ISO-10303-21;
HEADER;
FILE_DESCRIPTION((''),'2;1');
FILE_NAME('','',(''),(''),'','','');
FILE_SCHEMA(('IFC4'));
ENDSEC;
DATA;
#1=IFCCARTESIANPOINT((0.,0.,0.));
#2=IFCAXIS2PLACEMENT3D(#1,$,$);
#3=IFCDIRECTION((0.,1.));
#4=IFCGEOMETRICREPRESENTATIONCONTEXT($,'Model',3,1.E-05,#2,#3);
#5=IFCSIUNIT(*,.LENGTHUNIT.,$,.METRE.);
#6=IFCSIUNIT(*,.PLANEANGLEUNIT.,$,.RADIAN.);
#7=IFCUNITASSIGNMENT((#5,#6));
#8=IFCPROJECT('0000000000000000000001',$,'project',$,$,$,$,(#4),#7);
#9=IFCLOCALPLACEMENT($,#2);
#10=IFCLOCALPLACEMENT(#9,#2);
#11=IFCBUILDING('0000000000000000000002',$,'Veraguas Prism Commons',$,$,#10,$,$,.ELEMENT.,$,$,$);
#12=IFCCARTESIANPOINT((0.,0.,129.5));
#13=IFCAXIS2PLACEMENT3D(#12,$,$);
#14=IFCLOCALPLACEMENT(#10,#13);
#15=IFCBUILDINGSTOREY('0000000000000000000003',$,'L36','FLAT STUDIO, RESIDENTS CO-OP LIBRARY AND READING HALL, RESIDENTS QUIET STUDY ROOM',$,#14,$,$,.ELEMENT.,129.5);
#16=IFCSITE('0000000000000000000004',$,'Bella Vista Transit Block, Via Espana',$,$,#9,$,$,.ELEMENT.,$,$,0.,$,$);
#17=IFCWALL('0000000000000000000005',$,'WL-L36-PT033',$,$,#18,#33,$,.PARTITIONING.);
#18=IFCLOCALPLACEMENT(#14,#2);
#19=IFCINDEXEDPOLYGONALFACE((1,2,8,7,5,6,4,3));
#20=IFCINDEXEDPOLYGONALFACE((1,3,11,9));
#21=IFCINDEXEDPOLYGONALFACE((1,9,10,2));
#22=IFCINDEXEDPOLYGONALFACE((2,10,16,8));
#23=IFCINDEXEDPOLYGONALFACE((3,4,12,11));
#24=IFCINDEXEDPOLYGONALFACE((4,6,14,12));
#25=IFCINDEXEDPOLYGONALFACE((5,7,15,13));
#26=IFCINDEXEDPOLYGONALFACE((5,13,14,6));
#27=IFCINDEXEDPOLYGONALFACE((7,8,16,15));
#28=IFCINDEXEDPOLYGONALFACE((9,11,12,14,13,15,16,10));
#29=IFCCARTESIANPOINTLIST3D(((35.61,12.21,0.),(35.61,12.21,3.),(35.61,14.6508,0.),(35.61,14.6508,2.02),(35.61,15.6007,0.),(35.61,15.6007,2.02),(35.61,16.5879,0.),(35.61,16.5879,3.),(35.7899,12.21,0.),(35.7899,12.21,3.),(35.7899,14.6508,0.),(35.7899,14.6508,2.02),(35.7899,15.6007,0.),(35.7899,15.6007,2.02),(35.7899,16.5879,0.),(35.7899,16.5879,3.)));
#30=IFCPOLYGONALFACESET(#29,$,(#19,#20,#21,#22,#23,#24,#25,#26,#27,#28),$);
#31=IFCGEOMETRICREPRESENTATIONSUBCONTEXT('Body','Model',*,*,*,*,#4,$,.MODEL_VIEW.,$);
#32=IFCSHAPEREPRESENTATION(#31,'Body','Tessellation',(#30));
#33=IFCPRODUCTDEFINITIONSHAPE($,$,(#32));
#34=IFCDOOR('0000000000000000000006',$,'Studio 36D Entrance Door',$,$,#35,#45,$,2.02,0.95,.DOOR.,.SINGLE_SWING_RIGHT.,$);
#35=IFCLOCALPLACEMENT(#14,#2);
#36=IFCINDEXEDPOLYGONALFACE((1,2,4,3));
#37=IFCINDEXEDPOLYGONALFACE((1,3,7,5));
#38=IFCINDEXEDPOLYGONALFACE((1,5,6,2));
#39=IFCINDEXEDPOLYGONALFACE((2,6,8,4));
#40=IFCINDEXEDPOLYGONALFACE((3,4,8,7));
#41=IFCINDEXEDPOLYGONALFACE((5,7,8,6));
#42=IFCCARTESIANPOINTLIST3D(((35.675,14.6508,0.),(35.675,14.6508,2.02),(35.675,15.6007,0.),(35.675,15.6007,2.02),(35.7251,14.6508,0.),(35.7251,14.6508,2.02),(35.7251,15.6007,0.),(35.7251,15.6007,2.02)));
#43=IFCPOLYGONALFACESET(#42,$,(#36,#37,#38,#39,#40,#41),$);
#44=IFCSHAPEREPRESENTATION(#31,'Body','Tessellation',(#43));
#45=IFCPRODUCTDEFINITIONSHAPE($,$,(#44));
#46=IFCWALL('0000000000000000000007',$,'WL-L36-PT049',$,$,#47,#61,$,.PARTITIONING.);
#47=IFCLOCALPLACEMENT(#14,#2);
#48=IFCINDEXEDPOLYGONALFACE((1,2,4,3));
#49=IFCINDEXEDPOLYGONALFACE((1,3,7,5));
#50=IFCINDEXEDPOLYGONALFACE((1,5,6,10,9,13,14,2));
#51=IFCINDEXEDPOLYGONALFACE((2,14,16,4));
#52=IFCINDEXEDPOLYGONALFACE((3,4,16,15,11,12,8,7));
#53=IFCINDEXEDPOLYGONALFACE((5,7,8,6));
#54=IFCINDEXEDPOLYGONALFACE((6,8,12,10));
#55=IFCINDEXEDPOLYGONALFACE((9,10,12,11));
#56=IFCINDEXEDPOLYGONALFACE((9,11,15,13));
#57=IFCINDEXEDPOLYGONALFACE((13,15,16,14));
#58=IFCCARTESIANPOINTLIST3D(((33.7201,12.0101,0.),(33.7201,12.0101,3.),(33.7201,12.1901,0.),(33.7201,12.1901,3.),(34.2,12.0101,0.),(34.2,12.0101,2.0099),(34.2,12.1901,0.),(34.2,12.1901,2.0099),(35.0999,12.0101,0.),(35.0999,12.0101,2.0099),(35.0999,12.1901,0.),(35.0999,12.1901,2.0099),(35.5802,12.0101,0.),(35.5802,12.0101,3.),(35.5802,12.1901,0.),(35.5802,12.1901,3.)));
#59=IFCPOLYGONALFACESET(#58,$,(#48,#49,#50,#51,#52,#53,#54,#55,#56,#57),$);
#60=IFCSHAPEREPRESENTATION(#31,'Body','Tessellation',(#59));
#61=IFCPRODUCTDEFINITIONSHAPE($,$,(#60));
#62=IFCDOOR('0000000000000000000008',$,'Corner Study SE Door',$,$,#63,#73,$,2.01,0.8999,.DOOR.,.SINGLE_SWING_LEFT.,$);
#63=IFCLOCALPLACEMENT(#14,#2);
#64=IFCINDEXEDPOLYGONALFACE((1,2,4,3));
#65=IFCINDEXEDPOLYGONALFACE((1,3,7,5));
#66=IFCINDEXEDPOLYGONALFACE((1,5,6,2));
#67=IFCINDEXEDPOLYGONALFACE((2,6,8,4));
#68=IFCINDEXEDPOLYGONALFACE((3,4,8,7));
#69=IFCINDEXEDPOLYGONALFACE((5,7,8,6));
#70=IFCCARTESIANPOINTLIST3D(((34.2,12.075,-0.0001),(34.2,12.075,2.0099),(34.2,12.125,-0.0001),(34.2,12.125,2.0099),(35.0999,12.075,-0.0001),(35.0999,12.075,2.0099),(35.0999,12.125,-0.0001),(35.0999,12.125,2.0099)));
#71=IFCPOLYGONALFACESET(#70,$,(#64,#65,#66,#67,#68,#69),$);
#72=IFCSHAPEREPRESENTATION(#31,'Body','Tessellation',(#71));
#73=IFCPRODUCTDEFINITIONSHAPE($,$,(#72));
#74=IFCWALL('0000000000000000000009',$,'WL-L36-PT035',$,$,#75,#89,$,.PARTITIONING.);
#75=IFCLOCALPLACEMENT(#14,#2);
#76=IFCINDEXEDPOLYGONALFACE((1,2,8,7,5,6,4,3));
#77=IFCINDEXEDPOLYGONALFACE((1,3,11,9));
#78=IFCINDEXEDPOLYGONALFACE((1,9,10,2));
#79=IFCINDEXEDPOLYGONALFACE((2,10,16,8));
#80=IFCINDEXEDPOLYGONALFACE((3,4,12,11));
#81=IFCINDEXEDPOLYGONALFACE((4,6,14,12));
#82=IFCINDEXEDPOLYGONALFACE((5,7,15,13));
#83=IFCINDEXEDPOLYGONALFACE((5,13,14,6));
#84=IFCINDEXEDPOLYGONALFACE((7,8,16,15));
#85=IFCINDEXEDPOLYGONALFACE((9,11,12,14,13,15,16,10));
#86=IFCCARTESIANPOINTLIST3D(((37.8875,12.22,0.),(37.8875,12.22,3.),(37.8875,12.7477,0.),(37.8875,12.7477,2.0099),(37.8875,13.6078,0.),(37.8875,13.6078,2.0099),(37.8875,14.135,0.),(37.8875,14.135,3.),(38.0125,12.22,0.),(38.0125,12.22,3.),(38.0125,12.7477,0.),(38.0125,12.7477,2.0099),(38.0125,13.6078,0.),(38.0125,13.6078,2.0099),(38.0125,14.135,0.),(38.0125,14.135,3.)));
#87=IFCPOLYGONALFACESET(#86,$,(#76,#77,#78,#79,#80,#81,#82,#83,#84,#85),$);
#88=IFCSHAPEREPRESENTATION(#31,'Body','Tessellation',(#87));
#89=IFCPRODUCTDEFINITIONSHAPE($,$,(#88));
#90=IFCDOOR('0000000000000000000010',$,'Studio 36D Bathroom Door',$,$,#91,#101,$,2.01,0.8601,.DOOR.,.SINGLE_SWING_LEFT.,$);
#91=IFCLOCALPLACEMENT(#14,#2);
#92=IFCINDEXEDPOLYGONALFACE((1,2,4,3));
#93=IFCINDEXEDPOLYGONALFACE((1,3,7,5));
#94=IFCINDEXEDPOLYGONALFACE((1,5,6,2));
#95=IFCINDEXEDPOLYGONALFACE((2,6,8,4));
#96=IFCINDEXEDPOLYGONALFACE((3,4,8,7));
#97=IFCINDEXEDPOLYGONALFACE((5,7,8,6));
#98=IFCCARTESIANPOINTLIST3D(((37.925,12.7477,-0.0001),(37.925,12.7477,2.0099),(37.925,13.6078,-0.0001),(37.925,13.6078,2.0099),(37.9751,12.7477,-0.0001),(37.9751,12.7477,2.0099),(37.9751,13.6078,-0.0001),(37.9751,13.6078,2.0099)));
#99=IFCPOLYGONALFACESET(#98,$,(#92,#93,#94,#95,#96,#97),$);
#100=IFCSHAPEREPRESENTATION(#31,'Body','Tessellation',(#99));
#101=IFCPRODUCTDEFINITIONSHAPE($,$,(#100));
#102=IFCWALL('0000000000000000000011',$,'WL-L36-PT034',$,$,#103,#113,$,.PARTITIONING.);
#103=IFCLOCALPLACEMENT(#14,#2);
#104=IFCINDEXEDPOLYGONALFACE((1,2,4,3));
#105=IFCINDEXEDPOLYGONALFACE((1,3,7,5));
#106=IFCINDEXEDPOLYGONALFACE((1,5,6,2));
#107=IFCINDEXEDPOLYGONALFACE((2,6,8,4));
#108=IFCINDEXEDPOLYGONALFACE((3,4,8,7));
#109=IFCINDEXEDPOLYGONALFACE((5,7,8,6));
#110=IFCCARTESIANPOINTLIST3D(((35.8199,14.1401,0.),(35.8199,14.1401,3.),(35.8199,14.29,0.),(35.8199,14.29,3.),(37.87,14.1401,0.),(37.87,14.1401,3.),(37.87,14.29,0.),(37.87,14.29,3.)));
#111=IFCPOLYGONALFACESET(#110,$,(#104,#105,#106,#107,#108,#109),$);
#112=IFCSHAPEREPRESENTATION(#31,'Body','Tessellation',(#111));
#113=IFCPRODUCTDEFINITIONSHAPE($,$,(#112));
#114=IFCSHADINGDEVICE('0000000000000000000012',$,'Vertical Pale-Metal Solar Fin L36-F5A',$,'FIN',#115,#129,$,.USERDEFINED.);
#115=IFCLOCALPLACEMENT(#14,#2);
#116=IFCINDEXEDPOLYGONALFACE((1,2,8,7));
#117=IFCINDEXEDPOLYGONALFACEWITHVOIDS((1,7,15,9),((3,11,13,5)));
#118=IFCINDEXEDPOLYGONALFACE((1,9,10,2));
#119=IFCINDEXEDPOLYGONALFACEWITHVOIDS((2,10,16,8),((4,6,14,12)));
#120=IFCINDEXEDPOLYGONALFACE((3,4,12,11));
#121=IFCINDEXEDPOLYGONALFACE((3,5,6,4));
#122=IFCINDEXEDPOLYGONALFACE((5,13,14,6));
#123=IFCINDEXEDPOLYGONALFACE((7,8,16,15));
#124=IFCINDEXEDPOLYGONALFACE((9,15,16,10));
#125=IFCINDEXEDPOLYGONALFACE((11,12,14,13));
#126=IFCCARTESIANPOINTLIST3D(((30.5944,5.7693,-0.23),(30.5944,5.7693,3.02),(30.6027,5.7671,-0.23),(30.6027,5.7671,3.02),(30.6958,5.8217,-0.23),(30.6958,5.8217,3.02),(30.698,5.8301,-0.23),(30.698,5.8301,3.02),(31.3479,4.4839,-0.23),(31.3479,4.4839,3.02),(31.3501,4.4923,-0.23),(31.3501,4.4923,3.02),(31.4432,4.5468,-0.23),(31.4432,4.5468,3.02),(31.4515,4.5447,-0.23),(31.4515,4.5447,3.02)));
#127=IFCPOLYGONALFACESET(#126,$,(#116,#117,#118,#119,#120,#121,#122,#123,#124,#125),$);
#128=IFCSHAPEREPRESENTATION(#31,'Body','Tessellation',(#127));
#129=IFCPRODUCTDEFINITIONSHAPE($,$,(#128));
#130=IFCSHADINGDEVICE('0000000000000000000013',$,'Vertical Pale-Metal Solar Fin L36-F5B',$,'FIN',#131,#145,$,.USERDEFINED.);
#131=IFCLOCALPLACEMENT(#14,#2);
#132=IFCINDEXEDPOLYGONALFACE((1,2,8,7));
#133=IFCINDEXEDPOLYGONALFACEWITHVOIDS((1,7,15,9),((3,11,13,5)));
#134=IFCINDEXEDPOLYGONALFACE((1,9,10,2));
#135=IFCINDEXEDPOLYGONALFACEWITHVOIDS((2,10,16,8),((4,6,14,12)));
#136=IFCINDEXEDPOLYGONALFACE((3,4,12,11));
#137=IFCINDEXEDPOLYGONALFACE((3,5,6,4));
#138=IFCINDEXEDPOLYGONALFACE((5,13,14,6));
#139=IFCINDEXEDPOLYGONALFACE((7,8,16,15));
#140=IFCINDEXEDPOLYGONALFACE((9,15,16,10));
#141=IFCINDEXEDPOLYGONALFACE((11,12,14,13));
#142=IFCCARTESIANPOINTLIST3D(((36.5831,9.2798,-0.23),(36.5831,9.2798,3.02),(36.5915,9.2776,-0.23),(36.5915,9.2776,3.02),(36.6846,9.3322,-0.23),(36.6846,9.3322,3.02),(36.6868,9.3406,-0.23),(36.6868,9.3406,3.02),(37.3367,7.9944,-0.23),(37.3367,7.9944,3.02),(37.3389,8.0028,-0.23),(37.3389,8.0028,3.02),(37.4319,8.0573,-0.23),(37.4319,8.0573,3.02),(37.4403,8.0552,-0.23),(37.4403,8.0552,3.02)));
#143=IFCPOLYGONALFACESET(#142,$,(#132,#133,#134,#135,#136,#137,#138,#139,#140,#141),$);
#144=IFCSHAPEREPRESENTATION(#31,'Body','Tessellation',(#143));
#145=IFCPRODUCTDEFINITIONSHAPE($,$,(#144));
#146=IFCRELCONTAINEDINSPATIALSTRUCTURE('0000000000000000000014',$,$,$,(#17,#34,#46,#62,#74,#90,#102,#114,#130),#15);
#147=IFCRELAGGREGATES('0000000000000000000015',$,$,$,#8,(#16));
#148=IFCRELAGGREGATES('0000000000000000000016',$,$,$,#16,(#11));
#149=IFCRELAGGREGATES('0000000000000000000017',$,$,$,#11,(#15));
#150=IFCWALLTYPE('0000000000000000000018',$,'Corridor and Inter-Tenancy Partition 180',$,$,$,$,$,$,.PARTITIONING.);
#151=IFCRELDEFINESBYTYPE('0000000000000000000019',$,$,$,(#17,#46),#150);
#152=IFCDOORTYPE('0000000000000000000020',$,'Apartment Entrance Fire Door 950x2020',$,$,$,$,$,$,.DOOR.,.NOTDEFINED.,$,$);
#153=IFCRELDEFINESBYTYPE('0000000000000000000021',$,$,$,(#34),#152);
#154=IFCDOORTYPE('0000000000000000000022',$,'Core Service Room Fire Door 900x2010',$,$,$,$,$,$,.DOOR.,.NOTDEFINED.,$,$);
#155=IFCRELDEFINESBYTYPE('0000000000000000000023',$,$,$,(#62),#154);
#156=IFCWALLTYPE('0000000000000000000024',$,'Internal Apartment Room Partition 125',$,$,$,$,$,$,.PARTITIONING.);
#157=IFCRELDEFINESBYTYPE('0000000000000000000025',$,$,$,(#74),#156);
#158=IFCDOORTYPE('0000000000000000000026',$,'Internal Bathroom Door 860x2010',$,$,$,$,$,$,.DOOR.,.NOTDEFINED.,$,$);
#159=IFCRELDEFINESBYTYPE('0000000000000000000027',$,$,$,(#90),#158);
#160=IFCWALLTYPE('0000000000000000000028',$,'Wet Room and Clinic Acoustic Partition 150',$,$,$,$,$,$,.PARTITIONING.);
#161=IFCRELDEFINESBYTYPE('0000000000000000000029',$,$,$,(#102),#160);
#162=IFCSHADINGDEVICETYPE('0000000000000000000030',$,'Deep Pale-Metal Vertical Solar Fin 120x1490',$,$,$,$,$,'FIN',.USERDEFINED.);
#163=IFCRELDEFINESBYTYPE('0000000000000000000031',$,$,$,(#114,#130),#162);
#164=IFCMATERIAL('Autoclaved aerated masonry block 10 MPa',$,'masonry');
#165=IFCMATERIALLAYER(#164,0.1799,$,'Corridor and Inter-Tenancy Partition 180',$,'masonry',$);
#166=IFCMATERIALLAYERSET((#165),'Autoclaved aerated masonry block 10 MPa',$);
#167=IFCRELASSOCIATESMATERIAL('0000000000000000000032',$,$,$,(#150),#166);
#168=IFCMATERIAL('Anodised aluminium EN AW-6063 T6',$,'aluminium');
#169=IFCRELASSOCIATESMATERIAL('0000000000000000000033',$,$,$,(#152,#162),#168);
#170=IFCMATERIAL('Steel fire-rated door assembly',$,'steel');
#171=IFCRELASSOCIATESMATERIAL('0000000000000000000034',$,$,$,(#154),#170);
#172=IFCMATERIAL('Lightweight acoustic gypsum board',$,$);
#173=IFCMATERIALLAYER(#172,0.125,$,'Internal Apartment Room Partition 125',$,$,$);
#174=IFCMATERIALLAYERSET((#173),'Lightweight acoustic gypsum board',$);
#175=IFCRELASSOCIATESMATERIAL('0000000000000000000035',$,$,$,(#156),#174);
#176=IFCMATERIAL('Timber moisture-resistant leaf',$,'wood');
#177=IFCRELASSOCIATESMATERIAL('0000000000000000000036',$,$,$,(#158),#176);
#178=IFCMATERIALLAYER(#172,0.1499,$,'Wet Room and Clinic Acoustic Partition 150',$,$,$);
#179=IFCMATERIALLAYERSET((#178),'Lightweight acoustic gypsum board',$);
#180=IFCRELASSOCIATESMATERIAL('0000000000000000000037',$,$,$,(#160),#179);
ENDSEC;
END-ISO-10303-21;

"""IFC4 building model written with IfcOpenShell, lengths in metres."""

from ifc_helpers import new_model, si_unit, direction, frame, frame_2d, origin, origin_2d, place, context, subcontext, project, spatial, rectangle, hollow_rectangle, extrude, source, transform, mapped, material, layer, layer_set, material_profile, profile_set, type_object, element, fill, save


model = new_model("IFC4")

# Units and contexts
model_context = context("Model", 3, precision=1e-05, world=origin(), true_north=direction((0.0, 1.0)))
body_context = subcontext(model_context, "Body", "Model", "MODEL_VIEW")
ifc_project = project(units=[si_unit("LENGTHUNIT", "METRE"), si_unit("PLANEANGLEUNIT", "RADIAN")], contexts=[model_context])

# Site, building, storey
site_placement = place(None, origin())
site = spatial("IfcSite", under=ifc_project, at=site_placement, Name="Bella Vista Transit Block, Via Espana", CompositionType="ELEMENT", RefElevation=0.0)
building_placement = place(site_placement, origin())
building = spatial("IfcBuilding", under=site, at=building_placement, Name="Veraguas Prism Commons", CompositionType="ELEMENT")
storey_placement = place(building_placement, frame((0.0, 0.0, 129.5)))
storey = spatial("IfcBuildingStorey", under=building, at=storey_placement, Name="L36", Description="FLAT STUDIO, RESIDENTS CO-OP LIBRARY AND READING HALL, RESIDENTS QUIET STUDY ROOM", CompositionType="ELEMENT", Elevation=129.5)

# Shared definitions
ifc_material_1 = material(Name="Anodised aluminium EN AW-6063 T6", Category="aluminium")

# Shared definitions
ifc_material_2 = material(Name="Autoclaved aerated masonry block 10 MPa", Category="masonry")
ifc_layer_1 = layer(ifc_material_2, 0.1799, Name="Corridor and Inter-Tenancy Partition 180", Category="masonry")
ifc_layer_set_1 = layer_set([ifc_layer_1], Name="Autoclaved aerated masonry block 10 MPa")
wall_type_1 = type_object("IfcWallType", Name="Corridor and Inter-Tenancy Partition 180", PredefinedType="PARTITIONING", material=ifc_layer_set_1)

# Walls, openings, doors
wall_1_placement = place(storey_placement, frame((35.7, 12.21, 0.0), z_axis=(0.0, 0.0, 1.0), x_axis=(0.0, 1.0, 0.0)))
wall_1 = element("IfcWall", 1, at=wall_1_placement, inside=storey, type_object=wall_type_1, Name="WL-L36-PT033", PredefinedType="PARTITIONING", context=body_context, shape_type="SweptSolid", body=[
    extrude(rectangle(XDim=4.3779, YDim=0.1799, at=frame_2d((2.189, 0.0))), origin(), (0.0, 0.0, 1.0), 3.0),
])
opening_1_placement = place(wall_1_placement, frame((2.4407, 0.0, 0.0)))
opening_1 = element("IfcOpeningElement", 2, at=opening_1_placement, cuts=wall_1, PredefinedType="OPENING", context=body_context, shape_type="SweptSolid", body=[
    extrude(rectangle(XDim=0.95, YDim=2.02, at=frame_2d((0.4751, 1.01))), frame((0.0, 0.0999, 0.0), z_axis=(0.0, -1.0, 0.0), x_axis=(1.0, 0.0, 0.0)), (0.0, 0.0, 1.0), 0.2),
])
door_type_1 = type_object("IfcDoorType", Name="Apartment Entrance Fire Door 950x2020", OperationType="NOTDEFINED", PredefinedType="DOOR", material=ifc_material_1)
shared_shape_1 = source(origin(), body_context, "Body", "SweptSolid", [
    extrude(rectangle(XDim=0.95, YDim=2.02, at=frame_2d((0.4751, 1.01))), frame((0.0, 0.0249, 0.0), z_axis=(0.0, -1.0, 0.0), x_axis=(1.0, 0.0, 0.0)), (0.0, 0.0, 1.0), 0.05),
])
door_1_placement = place(opening_1_placement, origin())
door_1 = element("IfcDoor", 3, at=door_1_placement, inside=storey, type_object=door_type_1, Name="Studio 36D Entrance Door", OperationType="SINGLE_SWING_RIGHT", OverallHeight=2.02, OverallWidth=0.95, PredefinedType="DOOR", context=body_context, shape_type="MappedRepresentation", body=[
    mapped(shared_shape_1, transform((0.0, 0.0, 0.0), scale=1.0)),
])
fill(opening_1, door_1)
wall_2_placement = place(storey_placement, frame((33.72, 12.1001, 0.0), z_axis=(0.0, 0.0, 1.0), x_axis=(1.0, 0.0, 0.0)))
wall_2 = element("IfcWall", 4, at=wall_2_placement, inside=storey, type_object=wall_type_1, Name="WL-L36-PT049", PredefinedType="PARTITIONING", context=body_context, shape_type="SweptSolid", body=[
    extrude(rectangle(XDim=1.8601, YDim=0.1799, at=frame_2d((0.9302, 0.0))), origin(), (0.0, 0.0, 1.0), 3.0),
])
opening_2_placement = place(wall_2_placement, frame((0.48, 0.0, 0.0)))
opening_2 = element("IfcOpeningElement", 5, at=opening_2_placement, cuts=wall_2, PredefinedType="OPENING", context=body_context, shape_type="SweptSolid", body=[
    extrude(rectangle(XDim=0.8999, YDim=2.01, at=frame_2d((0.45, 1.0049))), frame((0.0, 0.0999, 0.0), z_axis=(0.0, -1.0, 0.0), x_axis=(1.0, 0.0, 0.0)), (0.0, 0.0, 1.0), 0.2),
])
ifc_material_3 = material(Name="Steel fire-rated door assembly", Category="steel")
door_type_2 = type_object("IfcDoorType", Name="Core Service Room Fire Door 900x2010", OperationType="NOTDEFINED", PredefinedType="DOOR", material=ifc_material_3)
shared_shape_2 = source(origin(), body_context, "Body", "SweptSolid", [
    extrude(rectangle(XDim=0.8999, YDim=2.01, at=frame_2d((0.45, 1.0049))), frame((0.0, 0.0249, 0.0), z_axis=(0.0, -1.0, 0.0), x_axis=(1.0, 0.0, 0.0)), (0.0, 0.0, 1.0), 0.05),
])
door_2_placement = place(opening_2_placement, origin())
door_2 = element("IfcDoor", 6, at=door_2_placement, inside=storey, type_object=door_type_2, Name="Corner Study SE Door", OperationType="SINGLE_SWING_LEFT", OverallHeight=2.01, OverallWidth=0.8999, PredefinedType="DOOR", context=body_context, shape_type="MappedRepresentation", body=[
    mapped(shared_shape_2, transform((0.0, 0.0, 0.0), scale=1.0)),
])
fill(opening_2, door_2)
ifc_material_4 = material(Name="Lightweight acoustic gypsum board")
ifc_layer_2 = layer(ifc_material_4, 0.125, Name="Internal Apartment Room Partition 125")
ifc_layer_set_2 = layer_set([ifc_layer_2], Name="Lightweight acoustic gypsum board")
wall_type_2 = type_object("IfcWallType", Name="Internal Apartment Room Partition 125", PredefinedType="PARTITIONING", material=ifc_layer_set_2)
wall_3_placement = place(storey_placement, frame((37.95, 12.22, 0.0), z_axis=(0.0, 0.0, 1.0), x_axis=(0.0, 1.0, 0.0)))
wall_3 = element("IfcWall", 7, at=wall_3_placement, inside=storey, type_object=wall_type_2, Name="WL-L36-PT035", PredefinedType="PARTITIONING", context=body_context, shape_type="SweptSolid", body=[
    extrude(rectangle(XDim=1.915, YDim=0.125, at=frame_2d((0.9575, 0.0))), origin(), (0.0, 0.0, 1.0), 3.0),
])
opening_3_placement = place(wall_3_placement, frame((0.5276, 0.0, 0.0)))
opening_3 = element("IfcOpeningElement", 8, at=opening_3_placement, cuts=wall_3, PredefinedType="OPENING", context=body_context, shape_type="SweptSolid", body=[
    extrude(rectangle(XDim=0.8601, YDim=2.01, at=frame_2d((0.4302, 1.0049))), frame((0.0, 0.0725, 0.0), z_axis=(0.0, -1.0, 0.0), x_axis=(1.0, 0.0, 0.0)), (0.0, 0.0, 1.0), 0.145),
])
ifc_material_5 = material(Name="Timber moisture-resistant leaf", Category="wood")
door_type_3 = type_object("IfcDoorType", Name="Internal Bathroom Door 860x2010", OperationType="NOTDEFINED", PredefinedType="DOOR", material=ifc_material_5)
shared_shape_3 = source(origin(), body_context, "Body", "SweptSolid", [
    extrude(rectangle(XDim=0.8601, YDim=2.01, at=frame_2d((0.4302, 1.0049))), frame((0.0, 0.0249, 0.0), z_axis=(0.0, -1.0, 0.0), x_axis=(1.0, 0.0, 0.0)), (0.0, 0.0, 1.0), 0.05),
])
door_3_placement = place(opening_3_placement, origin())
door_3 = element("IfcDoor", 9, at=door_3_placement, inside=storey, type_object=door_type_3, Name="Studio 36D Bathroom Door", OperationType="SINGLE_SWING_LEFT", OverallHeight=2.01, OverallWidth=0.8601, PredefinedType="DOOR", context=body_context, shape_type="MappedRepresentation", body=[
    mapped(shared_shape_3, transform((0.0, 0.0, 0.0), scale=1.0)),
])
fill(opening_3, door_3)

# Wall
ifc_layer_3 = layer(ifc_material_4, 0.1499, Name="Wet Room and Clinic Acoustic Partition 150")
ifc_layer_set_3 = layer_set([ifc_layer_3], Name="Lightweight acoustic gypsum board")
wall_type_3 = type_object("IfcWallType", Name="Wet Room and Clinic Acoustic Partition 150", PredefinedType="PARTITIONING", material=ifc_layer_set_3)
wall_4_placement = place(storey_placement, frame((35.8201, 14.2151, 0.0), z_axis=(0.0, 0.0, 1.0), x_axis=(1.0, 0.0, 0.0)))
element("IfcWall", 10, at=wall_4_placement, inside=storey, type_object=wall_type_3, Name="WL-L36-PT034", PredefinedType="PARTITIONING", context=body_context, shape_type="SweptSolid", body=[
    extrude(rectangle(XDim=2.05, YDim=0.1499, at=frame_2d((1.0249, 0.0))), origin(), (0.0, 0.0, 1.0), 3.0),
])

# Shading devices
ifc_material_profile_1 = material_profile(ifc_material_1, hollow_rectangle(XDim=0.1201, YDim=1.49, WallThickness=0.0061, at=origin_2d()), Name="FIN120X1490X6")
ifc_profile_set_1 = profile_set([ifc_material_profile_1], Name="Anodised aluminium EN AW-6063 T6")
shading_device_type = type_object("IfcShadingDeviceType", Name="Deep Pale-Metal Vertical Solar Fin 120x1490", ElementType="FIN", PredefinedType="USERDEFINED", material=ifc_profile_set_1)
for number, where, z_axis, x_axis, name in (
    (11, (31.0229, 5.157, -0.23), (0.0, 0.0, 1.0), (0.862688, 0.505736, 0.0), "Vertical Pale-Metal Solar Fin L36-F5A"),
    (12, (37.0117, 8.6675, -0.23), (0.0, 0.0, 1.0), (0.862688, 0.505736, 0.0), "Vertical Pale-Metal Solar Fin L36-F5B"),
):
    element("IfcShadingDevice", number, at=place(storey_placement, frame(where, z_axis=z_axis, x_axis=x_axis)), inside=storey, type_object=shading_device_type, Name=name, ObjectType="FIN", PredefinedType="USERDEFINED", context=body_context, shape_type="SweptSolid", body=[
        extrude(hollow_rectangle(XDim=0.1201, YDim=1.49, WallThickness=0.0061, at=origin_2d()), origin(), (0.0, 0.0, 1.0), 3.25),
    ])

save(model, "model.ifc")
